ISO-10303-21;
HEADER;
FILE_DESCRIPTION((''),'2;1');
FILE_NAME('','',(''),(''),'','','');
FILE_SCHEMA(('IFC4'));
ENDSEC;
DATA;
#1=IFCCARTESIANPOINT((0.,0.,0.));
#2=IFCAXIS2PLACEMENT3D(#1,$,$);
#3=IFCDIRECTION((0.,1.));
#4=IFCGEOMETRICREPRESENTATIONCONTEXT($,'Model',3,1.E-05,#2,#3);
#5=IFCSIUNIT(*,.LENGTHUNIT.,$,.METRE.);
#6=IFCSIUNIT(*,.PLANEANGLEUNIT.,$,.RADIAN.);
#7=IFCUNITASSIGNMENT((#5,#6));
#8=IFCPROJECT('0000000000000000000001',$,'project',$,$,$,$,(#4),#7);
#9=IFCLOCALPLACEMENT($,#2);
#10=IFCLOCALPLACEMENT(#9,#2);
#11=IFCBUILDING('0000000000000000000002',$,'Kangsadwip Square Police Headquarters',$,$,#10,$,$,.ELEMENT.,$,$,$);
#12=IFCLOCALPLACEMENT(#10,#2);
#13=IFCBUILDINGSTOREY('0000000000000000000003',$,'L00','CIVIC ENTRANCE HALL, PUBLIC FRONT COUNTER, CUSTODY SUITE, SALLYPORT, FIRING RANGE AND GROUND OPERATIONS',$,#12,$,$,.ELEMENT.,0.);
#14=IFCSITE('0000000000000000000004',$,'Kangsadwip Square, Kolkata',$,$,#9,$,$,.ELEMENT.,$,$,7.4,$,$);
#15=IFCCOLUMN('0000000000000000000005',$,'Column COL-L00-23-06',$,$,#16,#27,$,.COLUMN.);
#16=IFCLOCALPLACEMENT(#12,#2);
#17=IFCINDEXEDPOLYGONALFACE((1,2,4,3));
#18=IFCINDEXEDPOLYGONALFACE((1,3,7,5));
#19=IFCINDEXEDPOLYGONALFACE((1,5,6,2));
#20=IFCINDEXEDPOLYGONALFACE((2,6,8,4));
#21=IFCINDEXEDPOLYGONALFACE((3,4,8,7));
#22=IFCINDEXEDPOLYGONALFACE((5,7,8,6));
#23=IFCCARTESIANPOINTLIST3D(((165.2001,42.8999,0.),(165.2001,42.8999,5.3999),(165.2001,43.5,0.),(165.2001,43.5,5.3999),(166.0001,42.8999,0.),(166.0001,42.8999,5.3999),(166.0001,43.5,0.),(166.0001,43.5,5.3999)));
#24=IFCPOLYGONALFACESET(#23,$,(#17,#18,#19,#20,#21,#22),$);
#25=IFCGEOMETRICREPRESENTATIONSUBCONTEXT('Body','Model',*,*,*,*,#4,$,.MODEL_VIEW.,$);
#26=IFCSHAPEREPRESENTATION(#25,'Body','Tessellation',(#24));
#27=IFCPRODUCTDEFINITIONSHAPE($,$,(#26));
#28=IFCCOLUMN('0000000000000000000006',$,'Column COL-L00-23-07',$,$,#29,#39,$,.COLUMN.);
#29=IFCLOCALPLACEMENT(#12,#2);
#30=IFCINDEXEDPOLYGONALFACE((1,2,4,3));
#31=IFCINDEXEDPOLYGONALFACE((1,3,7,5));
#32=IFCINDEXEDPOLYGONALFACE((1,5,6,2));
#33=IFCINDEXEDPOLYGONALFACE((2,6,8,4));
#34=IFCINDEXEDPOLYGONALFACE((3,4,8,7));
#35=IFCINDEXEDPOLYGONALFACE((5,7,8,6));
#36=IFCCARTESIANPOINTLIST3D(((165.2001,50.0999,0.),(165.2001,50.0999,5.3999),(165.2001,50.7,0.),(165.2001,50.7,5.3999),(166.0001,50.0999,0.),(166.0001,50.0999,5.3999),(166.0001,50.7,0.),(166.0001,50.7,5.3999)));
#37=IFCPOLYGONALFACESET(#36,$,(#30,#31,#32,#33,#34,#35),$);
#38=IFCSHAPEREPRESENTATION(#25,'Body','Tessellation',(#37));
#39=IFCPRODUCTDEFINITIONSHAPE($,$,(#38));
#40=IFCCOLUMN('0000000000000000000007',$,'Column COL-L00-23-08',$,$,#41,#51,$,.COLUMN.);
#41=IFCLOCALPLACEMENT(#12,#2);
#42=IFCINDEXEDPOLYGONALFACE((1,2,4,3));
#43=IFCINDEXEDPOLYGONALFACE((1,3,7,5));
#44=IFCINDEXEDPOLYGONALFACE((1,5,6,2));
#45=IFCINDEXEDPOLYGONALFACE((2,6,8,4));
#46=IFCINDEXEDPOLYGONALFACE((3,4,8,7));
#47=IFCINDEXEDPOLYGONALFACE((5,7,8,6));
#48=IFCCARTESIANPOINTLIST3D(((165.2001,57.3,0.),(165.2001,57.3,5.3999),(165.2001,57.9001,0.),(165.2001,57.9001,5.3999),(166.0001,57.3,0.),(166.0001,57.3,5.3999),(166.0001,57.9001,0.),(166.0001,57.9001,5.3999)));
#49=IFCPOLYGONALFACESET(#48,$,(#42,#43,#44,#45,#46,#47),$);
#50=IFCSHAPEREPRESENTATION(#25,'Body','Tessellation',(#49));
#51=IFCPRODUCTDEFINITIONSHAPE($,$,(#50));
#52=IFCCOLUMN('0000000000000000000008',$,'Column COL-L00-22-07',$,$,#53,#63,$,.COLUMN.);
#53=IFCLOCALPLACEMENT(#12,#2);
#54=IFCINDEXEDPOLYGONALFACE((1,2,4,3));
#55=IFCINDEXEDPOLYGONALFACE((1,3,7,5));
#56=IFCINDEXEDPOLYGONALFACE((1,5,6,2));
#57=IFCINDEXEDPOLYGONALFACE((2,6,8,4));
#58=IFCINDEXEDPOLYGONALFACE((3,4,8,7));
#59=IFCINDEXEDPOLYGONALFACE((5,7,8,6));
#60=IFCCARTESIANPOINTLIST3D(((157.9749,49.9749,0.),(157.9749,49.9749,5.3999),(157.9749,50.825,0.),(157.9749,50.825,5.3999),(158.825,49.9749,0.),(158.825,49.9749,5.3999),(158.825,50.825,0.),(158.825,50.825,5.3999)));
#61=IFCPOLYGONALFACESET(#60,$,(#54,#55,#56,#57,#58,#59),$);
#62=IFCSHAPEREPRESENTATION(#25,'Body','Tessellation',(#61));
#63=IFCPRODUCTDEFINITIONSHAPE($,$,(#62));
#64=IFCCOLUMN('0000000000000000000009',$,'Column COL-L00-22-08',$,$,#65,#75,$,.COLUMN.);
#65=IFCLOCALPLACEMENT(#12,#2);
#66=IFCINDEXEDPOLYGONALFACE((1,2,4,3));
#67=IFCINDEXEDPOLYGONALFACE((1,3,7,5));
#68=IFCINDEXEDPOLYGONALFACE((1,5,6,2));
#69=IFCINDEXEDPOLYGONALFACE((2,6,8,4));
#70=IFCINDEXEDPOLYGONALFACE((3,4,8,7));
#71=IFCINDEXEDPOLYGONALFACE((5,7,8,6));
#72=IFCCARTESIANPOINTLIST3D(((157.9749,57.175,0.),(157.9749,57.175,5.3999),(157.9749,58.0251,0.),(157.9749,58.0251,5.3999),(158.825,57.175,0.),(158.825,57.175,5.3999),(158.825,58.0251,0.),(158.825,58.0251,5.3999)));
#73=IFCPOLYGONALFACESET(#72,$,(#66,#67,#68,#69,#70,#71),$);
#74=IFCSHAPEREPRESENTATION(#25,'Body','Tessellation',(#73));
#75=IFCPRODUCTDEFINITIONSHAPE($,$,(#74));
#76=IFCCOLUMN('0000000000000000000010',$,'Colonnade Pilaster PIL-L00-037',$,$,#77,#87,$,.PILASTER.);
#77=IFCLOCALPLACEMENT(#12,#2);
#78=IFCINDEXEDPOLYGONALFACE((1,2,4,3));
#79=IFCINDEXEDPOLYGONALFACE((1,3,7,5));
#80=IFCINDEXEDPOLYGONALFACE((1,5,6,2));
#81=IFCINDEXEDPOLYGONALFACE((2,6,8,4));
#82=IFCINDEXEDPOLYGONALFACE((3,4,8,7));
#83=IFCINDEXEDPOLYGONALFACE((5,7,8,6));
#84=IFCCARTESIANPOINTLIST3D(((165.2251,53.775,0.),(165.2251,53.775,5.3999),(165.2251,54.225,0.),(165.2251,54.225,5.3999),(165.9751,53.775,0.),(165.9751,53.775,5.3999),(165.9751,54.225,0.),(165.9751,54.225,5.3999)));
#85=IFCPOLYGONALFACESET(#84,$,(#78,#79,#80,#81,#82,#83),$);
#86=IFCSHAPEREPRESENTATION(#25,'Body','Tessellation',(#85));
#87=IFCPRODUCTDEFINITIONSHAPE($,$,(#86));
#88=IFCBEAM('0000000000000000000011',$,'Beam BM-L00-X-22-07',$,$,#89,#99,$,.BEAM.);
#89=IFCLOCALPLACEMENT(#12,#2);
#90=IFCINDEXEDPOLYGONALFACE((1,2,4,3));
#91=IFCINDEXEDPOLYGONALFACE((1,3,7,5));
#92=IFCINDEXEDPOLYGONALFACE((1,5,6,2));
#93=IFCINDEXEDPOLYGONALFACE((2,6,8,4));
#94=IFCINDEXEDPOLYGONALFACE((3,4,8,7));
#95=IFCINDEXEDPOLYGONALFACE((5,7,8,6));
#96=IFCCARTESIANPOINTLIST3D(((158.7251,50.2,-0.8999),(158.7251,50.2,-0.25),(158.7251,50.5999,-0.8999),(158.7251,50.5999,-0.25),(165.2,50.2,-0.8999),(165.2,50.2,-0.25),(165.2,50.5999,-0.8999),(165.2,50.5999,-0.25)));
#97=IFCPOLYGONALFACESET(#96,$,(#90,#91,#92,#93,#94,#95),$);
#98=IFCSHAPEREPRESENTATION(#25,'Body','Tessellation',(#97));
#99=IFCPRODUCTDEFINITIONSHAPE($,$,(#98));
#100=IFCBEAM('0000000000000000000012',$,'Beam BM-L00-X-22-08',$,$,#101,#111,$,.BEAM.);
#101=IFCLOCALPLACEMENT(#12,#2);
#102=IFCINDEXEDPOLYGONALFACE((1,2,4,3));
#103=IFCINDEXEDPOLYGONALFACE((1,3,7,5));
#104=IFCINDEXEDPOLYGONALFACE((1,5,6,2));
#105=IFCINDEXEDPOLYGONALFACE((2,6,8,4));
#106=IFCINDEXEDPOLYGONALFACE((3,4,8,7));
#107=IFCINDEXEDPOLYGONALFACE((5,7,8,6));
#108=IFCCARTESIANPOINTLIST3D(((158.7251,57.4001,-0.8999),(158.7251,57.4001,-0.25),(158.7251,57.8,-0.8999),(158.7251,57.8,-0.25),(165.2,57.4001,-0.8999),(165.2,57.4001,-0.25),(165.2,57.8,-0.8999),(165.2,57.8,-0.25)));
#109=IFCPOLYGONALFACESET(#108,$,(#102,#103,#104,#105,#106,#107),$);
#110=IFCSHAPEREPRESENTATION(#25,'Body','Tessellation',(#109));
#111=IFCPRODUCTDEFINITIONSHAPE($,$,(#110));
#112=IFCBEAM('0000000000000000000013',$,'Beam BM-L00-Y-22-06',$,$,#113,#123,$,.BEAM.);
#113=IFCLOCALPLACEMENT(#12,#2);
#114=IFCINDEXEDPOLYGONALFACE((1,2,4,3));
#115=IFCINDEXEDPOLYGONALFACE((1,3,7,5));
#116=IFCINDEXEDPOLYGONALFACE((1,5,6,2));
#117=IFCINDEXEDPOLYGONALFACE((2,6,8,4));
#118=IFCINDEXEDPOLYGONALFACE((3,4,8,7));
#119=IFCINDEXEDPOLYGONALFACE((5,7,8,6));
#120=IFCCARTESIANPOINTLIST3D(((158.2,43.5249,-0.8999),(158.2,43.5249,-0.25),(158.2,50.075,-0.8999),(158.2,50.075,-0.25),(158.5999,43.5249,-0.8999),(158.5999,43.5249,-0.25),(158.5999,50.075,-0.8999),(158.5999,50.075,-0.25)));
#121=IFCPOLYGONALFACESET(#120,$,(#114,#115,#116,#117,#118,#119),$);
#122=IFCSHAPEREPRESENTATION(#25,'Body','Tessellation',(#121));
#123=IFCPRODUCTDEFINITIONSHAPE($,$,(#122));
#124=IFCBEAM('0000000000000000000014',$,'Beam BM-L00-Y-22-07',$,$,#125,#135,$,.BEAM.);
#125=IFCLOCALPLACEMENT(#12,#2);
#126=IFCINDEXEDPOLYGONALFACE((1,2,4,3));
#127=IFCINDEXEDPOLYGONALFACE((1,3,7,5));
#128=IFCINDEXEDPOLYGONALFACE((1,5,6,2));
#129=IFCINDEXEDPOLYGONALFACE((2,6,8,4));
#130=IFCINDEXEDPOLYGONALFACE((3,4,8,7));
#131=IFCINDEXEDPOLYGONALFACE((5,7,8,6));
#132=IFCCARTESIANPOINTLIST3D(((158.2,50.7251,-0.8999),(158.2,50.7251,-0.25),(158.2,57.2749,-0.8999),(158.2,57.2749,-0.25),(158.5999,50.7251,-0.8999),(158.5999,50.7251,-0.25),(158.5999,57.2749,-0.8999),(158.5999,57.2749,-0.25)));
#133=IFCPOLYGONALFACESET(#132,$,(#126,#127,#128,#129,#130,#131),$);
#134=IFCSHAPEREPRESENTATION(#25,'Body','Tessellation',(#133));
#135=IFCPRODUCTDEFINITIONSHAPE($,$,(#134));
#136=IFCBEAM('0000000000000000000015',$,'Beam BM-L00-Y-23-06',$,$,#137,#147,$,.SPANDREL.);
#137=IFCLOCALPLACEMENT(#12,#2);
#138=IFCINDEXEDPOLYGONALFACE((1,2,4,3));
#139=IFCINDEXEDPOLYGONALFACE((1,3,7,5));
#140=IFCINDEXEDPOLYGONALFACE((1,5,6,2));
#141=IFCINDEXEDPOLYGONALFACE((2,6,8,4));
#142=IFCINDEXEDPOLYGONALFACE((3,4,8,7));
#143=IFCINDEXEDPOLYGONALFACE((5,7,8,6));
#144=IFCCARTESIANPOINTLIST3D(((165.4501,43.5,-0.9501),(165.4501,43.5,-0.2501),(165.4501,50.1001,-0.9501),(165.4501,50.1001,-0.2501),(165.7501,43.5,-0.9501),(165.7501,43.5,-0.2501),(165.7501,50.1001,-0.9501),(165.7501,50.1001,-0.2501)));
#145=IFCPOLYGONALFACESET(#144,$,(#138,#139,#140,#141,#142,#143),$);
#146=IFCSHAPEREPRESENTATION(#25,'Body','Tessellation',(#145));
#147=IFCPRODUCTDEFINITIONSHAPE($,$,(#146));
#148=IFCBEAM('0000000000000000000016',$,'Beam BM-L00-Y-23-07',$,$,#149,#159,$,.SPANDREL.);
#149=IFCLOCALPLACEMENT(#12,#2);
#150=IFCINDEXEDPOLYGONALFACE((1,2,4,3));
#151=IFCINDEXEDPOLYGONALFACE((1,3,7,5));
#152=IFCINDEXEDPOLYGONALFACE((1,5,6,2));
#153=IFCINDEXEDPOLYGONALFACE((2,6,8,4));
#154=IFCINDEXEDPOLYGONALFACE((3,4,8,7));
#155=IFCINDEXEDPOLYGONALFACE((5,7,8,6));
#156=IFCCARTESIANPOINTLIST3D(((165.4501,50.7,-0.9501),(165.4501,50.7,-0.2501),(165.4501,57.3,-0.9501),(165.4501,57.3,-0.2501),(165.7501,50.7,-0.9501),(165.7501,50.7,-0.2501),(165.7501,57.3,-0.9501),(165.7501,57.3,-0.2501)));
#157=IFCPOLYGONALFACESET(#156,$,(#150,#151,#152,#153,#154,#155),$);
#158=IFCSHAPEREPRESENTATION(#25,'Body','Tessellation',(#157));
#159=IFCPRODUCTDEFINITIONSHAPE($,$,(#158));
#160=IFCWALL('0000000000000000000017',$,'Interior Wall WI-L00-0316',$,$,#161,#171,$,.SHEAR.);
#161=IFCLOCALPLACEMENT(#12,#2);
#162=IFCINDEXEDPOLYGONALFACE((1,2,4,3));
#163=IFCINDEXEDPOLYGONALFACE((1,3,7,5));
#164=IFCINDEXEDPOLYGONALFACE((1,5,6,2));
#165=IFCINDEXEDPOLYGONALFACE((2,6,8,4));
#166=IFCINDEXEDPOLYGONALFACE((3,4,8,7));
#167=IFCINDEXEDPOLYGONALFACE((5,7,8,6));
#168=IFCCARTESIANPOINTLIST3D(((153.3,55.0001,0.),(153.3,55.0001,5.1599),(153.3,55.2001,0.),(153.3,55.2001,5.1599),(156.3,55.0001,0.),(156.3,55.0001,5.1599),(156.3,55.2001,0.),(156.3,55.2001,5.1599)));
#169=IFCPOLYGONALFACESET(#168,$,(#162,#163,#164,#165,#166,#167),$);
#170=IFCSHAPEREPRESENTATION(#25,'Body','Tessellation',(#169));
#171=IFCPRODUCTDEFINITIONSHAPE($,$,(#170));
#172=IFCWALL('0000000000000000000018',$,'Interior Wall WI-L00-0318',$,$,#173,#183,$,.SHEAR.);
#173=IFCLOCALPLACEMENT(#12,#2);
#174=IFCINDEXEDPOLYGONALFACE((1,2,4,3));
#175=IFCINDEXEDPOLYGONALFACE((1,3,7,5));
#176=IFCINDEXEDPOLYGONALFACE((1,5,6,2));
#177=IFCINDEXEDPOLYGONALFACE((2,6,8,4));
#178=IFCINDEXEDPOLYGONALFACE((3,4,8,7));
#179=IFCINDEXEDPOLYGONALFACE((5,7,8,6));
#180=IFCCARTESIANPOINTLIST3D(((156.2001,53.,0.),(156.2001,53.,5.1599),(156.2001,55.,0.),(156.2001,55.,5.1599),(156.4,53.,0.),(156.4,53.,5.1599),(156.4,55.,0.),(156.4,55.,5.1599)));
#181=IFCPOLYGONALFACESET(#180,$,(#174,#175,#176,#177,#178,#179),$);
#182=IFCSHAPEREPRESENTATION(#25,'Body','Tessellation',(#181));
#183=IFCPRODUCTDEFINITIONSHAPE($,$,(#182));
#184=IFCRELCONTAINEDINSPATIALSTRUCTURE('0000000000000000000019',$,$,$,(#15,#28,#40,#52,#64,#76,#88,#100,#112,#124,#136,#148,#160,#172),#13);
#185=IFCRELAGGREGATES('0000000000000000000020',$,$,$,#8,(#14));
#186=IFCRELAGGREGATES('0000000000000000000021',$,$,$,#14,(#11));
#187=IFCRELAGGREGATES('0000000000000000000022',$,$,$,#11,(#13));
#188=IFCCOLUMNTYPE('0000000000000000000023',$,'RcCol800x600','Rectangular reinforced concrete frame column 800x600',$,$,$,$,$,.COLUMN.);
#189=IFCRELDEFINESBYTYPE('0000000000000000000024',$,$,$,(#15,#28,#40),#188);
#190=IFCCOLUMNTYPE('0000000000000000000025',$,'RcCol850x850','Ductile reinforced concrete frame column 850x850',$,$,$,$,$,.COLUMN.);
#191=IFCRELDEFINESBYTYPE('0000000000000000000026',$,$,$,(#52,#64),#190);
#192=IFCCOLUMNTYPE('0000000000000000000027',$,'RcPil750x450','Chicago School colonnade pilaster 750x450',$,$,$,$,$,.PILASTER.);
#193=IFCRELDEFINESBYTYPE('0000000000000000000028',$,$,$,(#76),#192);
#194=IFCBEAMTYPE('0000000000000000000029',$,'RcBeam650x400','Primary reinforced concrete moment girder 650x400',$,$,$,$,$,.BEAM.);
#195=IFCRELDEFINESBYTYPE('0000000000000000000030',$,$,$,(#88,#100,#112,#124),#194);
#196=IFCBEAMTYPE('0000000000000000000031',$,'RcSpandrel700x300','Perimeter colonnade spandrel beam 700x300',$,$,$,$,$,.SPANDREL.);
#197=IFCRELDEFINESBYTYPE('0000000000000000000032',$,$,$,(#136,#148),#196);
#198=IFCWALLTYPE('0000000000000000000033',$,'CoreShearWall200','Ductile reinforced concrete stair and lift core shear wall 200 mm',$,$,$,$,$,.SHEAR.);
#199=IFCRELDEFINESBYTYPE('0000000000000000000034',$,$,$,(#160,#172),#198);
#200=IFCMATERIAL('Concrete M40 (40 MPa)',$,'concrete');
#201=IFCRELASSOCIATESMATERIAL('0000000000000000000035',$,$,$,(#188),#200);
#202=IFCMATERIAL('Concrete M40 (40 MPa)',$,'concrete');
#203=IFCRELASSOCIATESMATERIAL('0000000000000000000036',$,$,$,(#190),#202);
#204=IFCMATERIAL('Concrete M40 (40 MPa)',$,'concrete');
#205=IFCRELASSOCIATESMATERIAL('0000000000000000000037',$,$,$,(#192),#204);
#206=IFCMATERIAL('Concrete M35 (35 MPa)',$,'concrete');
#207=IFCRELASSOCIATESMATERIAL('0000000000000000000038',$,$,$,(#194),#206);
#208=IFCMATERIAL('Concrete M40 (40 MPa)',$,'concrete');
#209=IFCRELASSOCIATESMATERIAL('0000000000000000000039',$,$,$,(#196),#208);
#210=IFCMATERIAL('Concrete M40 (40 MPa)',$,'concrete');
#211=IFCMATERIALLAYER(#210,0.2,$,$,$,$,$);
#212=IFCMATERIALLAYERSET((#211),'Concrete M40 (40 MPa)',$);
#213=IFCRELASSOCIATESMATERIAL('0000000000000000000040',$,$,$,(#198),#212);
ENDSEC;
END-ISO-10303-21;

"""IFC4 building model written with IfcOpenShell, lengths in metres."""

from ifc_helpers import new_model, si_unit, direction, frame, frame_2d, origin, origin_2d, place, context, subcontext, project, spatial, rectangle, extrude, material, layer, layer_set, material_profile, profile_set, type_object, element, save


model = new_model("IFC4")

# Units and contexts
model_context = context("Model", 3, precision=1e-05, world=origin(), true_north=direction((0.0, 1.0)))
body_context = subcontext(model_context, "Body", "Model", "MODEL_VIEW")
ifc_project = project(units=[si_unit("LENGTHUNIT", "METRE"), si_unit("PLANEANGLEUNIT", "RADIAN")], contexts=[model_context])

# Site, building, storey
site_placement = place(None, origin())
site = spatial("IfcSite", under=ifc_project, at=site_placement, Name="Kangsadwip Square, Kolkata", CompositionType="ELEMENT", RefElevation=7.4)
building_placement = place(site_placement, origin())
building = spatial("IfcBuilding", under=site, at=building_placement, Name="Kangsadwip Square Police Headquarters", CompositionType="ELEMENT")
storey_placement = place(building_placement, origin())
storey = spatial("IfcBuildingStorey", under=building, at=storey_placement, Name="L00", Description="CIVIC ENTRANCE HALL, PUBLIC FRONT COUNTER, CUSTODY SUITE, SALLYPORT, FIRING RANGE AND GROUND OPERATIONS", CompositionType="ELEMENT", Elevation=0.0)

# Columns
ifc_material_1 = material(Name="Concrete M40 (40 MPa)", Category="concrete")
ifc_material_profile_1 = material_profile(ifc_material_1, rectangle(XDim=0.6001, YDim=0.8, at=origin_2d()), Name="RC COL 800X600")
ifc_profile_set_1 = profile_set([ifc_material_profile_1], Name="Concrete M40 (40 MPa)")
column_type_1 = type_object("IfcColumnType", Name="RcCol800x600", Description="Rectangular reinforced concrete frame column 800x600", PredefinedType="COLUMN", material=ifc_profile_set_1)
for number, where, z_axis, x_axis, name in (
    (1, (165.6001, 43.2, 0.0), (0.0, 0.0, 1.0), (0.0, 1.0, 0.0), "Column COL-L00-23-06"),
    (2, (165.6001, 50.3999, 0.0), (0.0, 0.0, 1.0), (0.0, 1.0, 0.0), "Column COL-L00-23-07"),
    (3, (165.6001, 57.6001, 0.0), (0.0, 0.0, 1.0), (0.0, 1.0, 0.0), "Column COL-L00-23-08"),
):
    element("IfcColumn", number, at=place(storey_placement, frame(where, z_axis=z_axis, x_axis=x_axis)), inside=storey, type_object=column_type_1, Name=name, PredefinedType="COLUMN", context=body_context, shape_type="SweptSolid", body=[
        extrude(rectangle(XDim=0.6001, YDim=0.8, at=origin_2d()), origin(), (0.0, 0.0, 1.0), 5.3999),
    ])
ifc_material_2 = material(Name="Concrete M40 (40 MPa)", Category="concrete")
ifc_material_profile_2 = material_profile(ifc_material_2, rectangle(XDim=0.8501, YDim=0.8501, at=origin_2d()), Name="RC COL 850X850")
ifc_profile_set_2 = profile_set([ifc_material_profile_2], Name="Concrete M40 (40 MPa)")
column_type_2 = type_object("IfcColumnType", Name="RcCol850x850", Description="Ductile reinforced concrete frame column 850x850", PredefinedType="COLUMN", material=ifc_profile_set_2)
for number, where, z_axis, x_axis, name in (
    (4, (158.3999, 50.3999, 0.0), (0.0, 0.0, 1.0), (1.0, 0.0, 0.0), "Column COL-L00-22-07"),
    (5, (158.3999, 57.6001, 0.0), (0.0, 0.0, 1.0), (1.0, 0.0, 0.0), "Column COL-L00-22-08"),
):
    element("IfcColumn", number, at=place(storey_placement, frame(where, z_axis=z_axis, x_axis=x_axis)), inside=storey, type_object=column_type_2, Name=name, PredefinedType="COLUMN", context=body_context, shape_type="SweptSolid", body=[
        extrude(rectangle(XDim=0.8501, YDim=0.8501, at=origin_2d()), origin(), (0.0, 0.0, 1.0), 5.3999),
    ])
ifc_material_3 = material(Name="Concrete M40 (40 MPa)", Category="concrete")
ifc_material_profile_3 = material_profile(ifc_material_3, rectangle(XDim=0.45, YDim=0.75, at=origin_2d()), Name="RC PIL 750X450")
ifc_profile_set_3 = profile_set([ifc_material_profile_3], Name="Concrete M40 (40 MPa)")
column_type_3 = type_object("IfcColumnType", Name="RcPil750x450", Description="Chicago School colonnade pilaster 750x450", PredefinedType="PILASTER", material=ifc_profile_set_3)
column_placement = place(storey_placement, frame((165.6001, 54.0, 0.0), z_axis=(0.0, 0.0, 1.0), x_axis=(0.0, 1.0, 0.0)))
element("IfcColumn", 6, at=column_placement, inside=storey, type_object=column_type_3, Name="Colonnade Pilaster PIL-L00-037", PredefinedType="PILASTER", context=body_context, shape_type="SweptSolid", body=[
    extrude(rectangle(XDim=0.45, YDim=0.75, at=origin_2d()), origin(), (0.0, 0.0, 1.0), 5.3999),
])

# Beams
ifc_material_4 = material(Name="Concrete M35 (35 MPa)", Category="concrete")
ifc_material_profile_4 = material_profile(ifc_material_4, rectangle(XDim=0.3999, YDim=0.6499, at=origin_2d()), Name="RC BM 650X400")
ifc_profile_set_4 = profile_set([ifc_material_profile_4], Name="Concrete M35 (35 MPa)")
beam_type_1 = type_object("IfcBeamType", Name="RcBeam650x400", Description="Primary reinforced concrete moment girder 650x400", PredefinedType="BEAM", material=ifc_profile_set_4)
for number, where, z_axis, x_axis, name in (
    (7, (158.7251, 50.3999, -0.575), (1.0, 0.0, 0.0), (0.0, 1.0, 0.0), "Beam BM-L00-X-22-07"),
    (8, (158.7251, 57.6001, -0.575), (1.0, 0.0, 0.0), (0.0, 1.0, 0.0), "Beam BM-L00-X-22-08"),
):
    element("IfcBeam", number, at=place(storey_placement, frame(where, z_axis=z_axis, x_axis=x_axis)), inside=storey, type_object=beam_type_1, Name=name, PredefinedType="BEAM", context=body_context, shape_type="SweptSolid", body=[
        extrude(rectangle(XDim=0.3999, YDim=0.6499, at=origin_2d()), origin(), (0.0, 0.0, 1.0), 6.4749),
    ])
beam_1_placement = place(storey_placement, frame((158.3999, 43.5249, -0.575), z_axis=(0.0, 1.0, 0.0), x_axis=(-1.0, 0.0, 0.0)))
element("IfcBeam", 9, at=beam_1_placement, inside=storey, type_object=beam_type_1, Name="Beam BM-L00-Y-22-06", PredefinedType="BEAM", context=body_context, shape_type="SweptSolid", body=[
    extrude(rectangle(XDim=0.3999, YDim=0.6499, at=origin_2d()), origin(), (0.0, 0.0, 1.0), 6.55),
])
beam_2_placement = place(storey_placement, frame((158.3999, 50.7251, -0.575), z_axis=(0.0, 1.0, 0.0), x_axis=(-1.0, 0.0, 0.0)))
element("IfcBeam", 10, at=beam_2_placement, inside=storey, type_object=beam_type_1, Name="Beam BM-L00-Y-22-07", PredefinedType="BEAM", context=body_context, shape_type="SweptSolid", body=[
    extrude(rectangle(XDim=0.3999, YDim=0.6499, at=origin_2d()), origin(), (0.0, 0.0, 1.0), 6.5498),
])
ifc_material_5 = material(Name="Concrete M40 (40 MPa)", Category="concrete")
ifc_material_profile_5 = material_profile(ifc_material_5, rectangle(XDim=0.3, YDim=0.7, at=origin_2d()), Name="RC SPN 700X300")
ifc_profile_set_5 = profile_set([ifc_material_profile_5], Name="Concrete M40 (40 MPa)")
beam_type_2 = type_object("IfcBeamType", Name="RcSpandrel700x300", Description="Perimeter colonnade spandrel beam 700x300", PredefinedType="SPANDREL", material=ifc_profile_set_5)
for number, where, z_axis, x_axis, name in (
    (11, (165.6001, 43.5, -0.6001), (0.0, 1.0, 0.0), (-1.0, 0.0, 0.0), "Beam BM-L00-Y-23-06"),
    (12, (165.6001, 50.7, -0.6001), (0.0, 1.0, 0.0), (-1.0, 0.0, 0.0), "Beam BM-L00-Y-23-07"),
):
    element("IfcBeam", number, at=place(storey_placement, frame(where, z_axis=z_axis, x_axis=x_axis)), inside=storey, type_object=beam_type_2, Name=name, PredefinedType="SPANDREL", context=body_context, shape_type="SweptSolid", body=[
        extrude(rectangle(XDim=0.3, YDim=0.7, at=origin_2d()), origin(), (0.0, 0.0, 1.0), 6.6001),
    ])

# Wall
ifc_material_6 = material(Name="Concrete M40 (40 MPa)", Category="concrete")
ifc_layer_1 = layer(ifc_material_6, 0.2)
ifc_layer_set_1 = layer_set([ifc_layer_1], Name="Concrete M40 (40 MPa)")
wall_type_1 = type_object("IfcWallType", Name="CoreShearWall200", Description="Ductile reinforced concrete stair and lift core shear wall 200 mm", PredefinedType="SHEAR", material=ifc_layer_set_1)
wall_1_placement = place(storey_placement, frame((153.3, 55.1001, 0.0), z_axis=(0.0, 0.0, 1.0), x_axis=(1.0, 0.0, 0.0)))
element("IfcWall", 13, at=wall_1_placement, inside=storey, type_object=wall_type_1, Name="Interior Wall WI-L00-0316", PredefinedType="SHEAR", context=body_context, shape_type="SweptSolid", body=[
    extrude(rectangle(XDim=3.0, YDim=0.2, at=frame_2d((1.5, 0.0))), origin(), (0.0, 0.0, 1.0), 5.1599),
])

# Wall
wall_2_placement = place(storey_placement, frame((156.3, 53.0, 0.0), z_axis=(0.0, 0.0, 1.0), x_axis=(0.0, 1.0, 0.0)))
element("IfcWall", 14, at=wall_2_placement, inside=storey, type_object=wall_type_1, Name="Interior Wall WI-L00-0318", PredefinedType="SHEAR", context=body_context, shape_type="SweptSolid", body=[
    extrude(rectangle(XDim=2.0, YDim=0.2, at=frame_2d((1.0, 0.0))), origin(), (0.0, 0.0, 1.0), 5.1599),
])

save(model, "model.ifc")
